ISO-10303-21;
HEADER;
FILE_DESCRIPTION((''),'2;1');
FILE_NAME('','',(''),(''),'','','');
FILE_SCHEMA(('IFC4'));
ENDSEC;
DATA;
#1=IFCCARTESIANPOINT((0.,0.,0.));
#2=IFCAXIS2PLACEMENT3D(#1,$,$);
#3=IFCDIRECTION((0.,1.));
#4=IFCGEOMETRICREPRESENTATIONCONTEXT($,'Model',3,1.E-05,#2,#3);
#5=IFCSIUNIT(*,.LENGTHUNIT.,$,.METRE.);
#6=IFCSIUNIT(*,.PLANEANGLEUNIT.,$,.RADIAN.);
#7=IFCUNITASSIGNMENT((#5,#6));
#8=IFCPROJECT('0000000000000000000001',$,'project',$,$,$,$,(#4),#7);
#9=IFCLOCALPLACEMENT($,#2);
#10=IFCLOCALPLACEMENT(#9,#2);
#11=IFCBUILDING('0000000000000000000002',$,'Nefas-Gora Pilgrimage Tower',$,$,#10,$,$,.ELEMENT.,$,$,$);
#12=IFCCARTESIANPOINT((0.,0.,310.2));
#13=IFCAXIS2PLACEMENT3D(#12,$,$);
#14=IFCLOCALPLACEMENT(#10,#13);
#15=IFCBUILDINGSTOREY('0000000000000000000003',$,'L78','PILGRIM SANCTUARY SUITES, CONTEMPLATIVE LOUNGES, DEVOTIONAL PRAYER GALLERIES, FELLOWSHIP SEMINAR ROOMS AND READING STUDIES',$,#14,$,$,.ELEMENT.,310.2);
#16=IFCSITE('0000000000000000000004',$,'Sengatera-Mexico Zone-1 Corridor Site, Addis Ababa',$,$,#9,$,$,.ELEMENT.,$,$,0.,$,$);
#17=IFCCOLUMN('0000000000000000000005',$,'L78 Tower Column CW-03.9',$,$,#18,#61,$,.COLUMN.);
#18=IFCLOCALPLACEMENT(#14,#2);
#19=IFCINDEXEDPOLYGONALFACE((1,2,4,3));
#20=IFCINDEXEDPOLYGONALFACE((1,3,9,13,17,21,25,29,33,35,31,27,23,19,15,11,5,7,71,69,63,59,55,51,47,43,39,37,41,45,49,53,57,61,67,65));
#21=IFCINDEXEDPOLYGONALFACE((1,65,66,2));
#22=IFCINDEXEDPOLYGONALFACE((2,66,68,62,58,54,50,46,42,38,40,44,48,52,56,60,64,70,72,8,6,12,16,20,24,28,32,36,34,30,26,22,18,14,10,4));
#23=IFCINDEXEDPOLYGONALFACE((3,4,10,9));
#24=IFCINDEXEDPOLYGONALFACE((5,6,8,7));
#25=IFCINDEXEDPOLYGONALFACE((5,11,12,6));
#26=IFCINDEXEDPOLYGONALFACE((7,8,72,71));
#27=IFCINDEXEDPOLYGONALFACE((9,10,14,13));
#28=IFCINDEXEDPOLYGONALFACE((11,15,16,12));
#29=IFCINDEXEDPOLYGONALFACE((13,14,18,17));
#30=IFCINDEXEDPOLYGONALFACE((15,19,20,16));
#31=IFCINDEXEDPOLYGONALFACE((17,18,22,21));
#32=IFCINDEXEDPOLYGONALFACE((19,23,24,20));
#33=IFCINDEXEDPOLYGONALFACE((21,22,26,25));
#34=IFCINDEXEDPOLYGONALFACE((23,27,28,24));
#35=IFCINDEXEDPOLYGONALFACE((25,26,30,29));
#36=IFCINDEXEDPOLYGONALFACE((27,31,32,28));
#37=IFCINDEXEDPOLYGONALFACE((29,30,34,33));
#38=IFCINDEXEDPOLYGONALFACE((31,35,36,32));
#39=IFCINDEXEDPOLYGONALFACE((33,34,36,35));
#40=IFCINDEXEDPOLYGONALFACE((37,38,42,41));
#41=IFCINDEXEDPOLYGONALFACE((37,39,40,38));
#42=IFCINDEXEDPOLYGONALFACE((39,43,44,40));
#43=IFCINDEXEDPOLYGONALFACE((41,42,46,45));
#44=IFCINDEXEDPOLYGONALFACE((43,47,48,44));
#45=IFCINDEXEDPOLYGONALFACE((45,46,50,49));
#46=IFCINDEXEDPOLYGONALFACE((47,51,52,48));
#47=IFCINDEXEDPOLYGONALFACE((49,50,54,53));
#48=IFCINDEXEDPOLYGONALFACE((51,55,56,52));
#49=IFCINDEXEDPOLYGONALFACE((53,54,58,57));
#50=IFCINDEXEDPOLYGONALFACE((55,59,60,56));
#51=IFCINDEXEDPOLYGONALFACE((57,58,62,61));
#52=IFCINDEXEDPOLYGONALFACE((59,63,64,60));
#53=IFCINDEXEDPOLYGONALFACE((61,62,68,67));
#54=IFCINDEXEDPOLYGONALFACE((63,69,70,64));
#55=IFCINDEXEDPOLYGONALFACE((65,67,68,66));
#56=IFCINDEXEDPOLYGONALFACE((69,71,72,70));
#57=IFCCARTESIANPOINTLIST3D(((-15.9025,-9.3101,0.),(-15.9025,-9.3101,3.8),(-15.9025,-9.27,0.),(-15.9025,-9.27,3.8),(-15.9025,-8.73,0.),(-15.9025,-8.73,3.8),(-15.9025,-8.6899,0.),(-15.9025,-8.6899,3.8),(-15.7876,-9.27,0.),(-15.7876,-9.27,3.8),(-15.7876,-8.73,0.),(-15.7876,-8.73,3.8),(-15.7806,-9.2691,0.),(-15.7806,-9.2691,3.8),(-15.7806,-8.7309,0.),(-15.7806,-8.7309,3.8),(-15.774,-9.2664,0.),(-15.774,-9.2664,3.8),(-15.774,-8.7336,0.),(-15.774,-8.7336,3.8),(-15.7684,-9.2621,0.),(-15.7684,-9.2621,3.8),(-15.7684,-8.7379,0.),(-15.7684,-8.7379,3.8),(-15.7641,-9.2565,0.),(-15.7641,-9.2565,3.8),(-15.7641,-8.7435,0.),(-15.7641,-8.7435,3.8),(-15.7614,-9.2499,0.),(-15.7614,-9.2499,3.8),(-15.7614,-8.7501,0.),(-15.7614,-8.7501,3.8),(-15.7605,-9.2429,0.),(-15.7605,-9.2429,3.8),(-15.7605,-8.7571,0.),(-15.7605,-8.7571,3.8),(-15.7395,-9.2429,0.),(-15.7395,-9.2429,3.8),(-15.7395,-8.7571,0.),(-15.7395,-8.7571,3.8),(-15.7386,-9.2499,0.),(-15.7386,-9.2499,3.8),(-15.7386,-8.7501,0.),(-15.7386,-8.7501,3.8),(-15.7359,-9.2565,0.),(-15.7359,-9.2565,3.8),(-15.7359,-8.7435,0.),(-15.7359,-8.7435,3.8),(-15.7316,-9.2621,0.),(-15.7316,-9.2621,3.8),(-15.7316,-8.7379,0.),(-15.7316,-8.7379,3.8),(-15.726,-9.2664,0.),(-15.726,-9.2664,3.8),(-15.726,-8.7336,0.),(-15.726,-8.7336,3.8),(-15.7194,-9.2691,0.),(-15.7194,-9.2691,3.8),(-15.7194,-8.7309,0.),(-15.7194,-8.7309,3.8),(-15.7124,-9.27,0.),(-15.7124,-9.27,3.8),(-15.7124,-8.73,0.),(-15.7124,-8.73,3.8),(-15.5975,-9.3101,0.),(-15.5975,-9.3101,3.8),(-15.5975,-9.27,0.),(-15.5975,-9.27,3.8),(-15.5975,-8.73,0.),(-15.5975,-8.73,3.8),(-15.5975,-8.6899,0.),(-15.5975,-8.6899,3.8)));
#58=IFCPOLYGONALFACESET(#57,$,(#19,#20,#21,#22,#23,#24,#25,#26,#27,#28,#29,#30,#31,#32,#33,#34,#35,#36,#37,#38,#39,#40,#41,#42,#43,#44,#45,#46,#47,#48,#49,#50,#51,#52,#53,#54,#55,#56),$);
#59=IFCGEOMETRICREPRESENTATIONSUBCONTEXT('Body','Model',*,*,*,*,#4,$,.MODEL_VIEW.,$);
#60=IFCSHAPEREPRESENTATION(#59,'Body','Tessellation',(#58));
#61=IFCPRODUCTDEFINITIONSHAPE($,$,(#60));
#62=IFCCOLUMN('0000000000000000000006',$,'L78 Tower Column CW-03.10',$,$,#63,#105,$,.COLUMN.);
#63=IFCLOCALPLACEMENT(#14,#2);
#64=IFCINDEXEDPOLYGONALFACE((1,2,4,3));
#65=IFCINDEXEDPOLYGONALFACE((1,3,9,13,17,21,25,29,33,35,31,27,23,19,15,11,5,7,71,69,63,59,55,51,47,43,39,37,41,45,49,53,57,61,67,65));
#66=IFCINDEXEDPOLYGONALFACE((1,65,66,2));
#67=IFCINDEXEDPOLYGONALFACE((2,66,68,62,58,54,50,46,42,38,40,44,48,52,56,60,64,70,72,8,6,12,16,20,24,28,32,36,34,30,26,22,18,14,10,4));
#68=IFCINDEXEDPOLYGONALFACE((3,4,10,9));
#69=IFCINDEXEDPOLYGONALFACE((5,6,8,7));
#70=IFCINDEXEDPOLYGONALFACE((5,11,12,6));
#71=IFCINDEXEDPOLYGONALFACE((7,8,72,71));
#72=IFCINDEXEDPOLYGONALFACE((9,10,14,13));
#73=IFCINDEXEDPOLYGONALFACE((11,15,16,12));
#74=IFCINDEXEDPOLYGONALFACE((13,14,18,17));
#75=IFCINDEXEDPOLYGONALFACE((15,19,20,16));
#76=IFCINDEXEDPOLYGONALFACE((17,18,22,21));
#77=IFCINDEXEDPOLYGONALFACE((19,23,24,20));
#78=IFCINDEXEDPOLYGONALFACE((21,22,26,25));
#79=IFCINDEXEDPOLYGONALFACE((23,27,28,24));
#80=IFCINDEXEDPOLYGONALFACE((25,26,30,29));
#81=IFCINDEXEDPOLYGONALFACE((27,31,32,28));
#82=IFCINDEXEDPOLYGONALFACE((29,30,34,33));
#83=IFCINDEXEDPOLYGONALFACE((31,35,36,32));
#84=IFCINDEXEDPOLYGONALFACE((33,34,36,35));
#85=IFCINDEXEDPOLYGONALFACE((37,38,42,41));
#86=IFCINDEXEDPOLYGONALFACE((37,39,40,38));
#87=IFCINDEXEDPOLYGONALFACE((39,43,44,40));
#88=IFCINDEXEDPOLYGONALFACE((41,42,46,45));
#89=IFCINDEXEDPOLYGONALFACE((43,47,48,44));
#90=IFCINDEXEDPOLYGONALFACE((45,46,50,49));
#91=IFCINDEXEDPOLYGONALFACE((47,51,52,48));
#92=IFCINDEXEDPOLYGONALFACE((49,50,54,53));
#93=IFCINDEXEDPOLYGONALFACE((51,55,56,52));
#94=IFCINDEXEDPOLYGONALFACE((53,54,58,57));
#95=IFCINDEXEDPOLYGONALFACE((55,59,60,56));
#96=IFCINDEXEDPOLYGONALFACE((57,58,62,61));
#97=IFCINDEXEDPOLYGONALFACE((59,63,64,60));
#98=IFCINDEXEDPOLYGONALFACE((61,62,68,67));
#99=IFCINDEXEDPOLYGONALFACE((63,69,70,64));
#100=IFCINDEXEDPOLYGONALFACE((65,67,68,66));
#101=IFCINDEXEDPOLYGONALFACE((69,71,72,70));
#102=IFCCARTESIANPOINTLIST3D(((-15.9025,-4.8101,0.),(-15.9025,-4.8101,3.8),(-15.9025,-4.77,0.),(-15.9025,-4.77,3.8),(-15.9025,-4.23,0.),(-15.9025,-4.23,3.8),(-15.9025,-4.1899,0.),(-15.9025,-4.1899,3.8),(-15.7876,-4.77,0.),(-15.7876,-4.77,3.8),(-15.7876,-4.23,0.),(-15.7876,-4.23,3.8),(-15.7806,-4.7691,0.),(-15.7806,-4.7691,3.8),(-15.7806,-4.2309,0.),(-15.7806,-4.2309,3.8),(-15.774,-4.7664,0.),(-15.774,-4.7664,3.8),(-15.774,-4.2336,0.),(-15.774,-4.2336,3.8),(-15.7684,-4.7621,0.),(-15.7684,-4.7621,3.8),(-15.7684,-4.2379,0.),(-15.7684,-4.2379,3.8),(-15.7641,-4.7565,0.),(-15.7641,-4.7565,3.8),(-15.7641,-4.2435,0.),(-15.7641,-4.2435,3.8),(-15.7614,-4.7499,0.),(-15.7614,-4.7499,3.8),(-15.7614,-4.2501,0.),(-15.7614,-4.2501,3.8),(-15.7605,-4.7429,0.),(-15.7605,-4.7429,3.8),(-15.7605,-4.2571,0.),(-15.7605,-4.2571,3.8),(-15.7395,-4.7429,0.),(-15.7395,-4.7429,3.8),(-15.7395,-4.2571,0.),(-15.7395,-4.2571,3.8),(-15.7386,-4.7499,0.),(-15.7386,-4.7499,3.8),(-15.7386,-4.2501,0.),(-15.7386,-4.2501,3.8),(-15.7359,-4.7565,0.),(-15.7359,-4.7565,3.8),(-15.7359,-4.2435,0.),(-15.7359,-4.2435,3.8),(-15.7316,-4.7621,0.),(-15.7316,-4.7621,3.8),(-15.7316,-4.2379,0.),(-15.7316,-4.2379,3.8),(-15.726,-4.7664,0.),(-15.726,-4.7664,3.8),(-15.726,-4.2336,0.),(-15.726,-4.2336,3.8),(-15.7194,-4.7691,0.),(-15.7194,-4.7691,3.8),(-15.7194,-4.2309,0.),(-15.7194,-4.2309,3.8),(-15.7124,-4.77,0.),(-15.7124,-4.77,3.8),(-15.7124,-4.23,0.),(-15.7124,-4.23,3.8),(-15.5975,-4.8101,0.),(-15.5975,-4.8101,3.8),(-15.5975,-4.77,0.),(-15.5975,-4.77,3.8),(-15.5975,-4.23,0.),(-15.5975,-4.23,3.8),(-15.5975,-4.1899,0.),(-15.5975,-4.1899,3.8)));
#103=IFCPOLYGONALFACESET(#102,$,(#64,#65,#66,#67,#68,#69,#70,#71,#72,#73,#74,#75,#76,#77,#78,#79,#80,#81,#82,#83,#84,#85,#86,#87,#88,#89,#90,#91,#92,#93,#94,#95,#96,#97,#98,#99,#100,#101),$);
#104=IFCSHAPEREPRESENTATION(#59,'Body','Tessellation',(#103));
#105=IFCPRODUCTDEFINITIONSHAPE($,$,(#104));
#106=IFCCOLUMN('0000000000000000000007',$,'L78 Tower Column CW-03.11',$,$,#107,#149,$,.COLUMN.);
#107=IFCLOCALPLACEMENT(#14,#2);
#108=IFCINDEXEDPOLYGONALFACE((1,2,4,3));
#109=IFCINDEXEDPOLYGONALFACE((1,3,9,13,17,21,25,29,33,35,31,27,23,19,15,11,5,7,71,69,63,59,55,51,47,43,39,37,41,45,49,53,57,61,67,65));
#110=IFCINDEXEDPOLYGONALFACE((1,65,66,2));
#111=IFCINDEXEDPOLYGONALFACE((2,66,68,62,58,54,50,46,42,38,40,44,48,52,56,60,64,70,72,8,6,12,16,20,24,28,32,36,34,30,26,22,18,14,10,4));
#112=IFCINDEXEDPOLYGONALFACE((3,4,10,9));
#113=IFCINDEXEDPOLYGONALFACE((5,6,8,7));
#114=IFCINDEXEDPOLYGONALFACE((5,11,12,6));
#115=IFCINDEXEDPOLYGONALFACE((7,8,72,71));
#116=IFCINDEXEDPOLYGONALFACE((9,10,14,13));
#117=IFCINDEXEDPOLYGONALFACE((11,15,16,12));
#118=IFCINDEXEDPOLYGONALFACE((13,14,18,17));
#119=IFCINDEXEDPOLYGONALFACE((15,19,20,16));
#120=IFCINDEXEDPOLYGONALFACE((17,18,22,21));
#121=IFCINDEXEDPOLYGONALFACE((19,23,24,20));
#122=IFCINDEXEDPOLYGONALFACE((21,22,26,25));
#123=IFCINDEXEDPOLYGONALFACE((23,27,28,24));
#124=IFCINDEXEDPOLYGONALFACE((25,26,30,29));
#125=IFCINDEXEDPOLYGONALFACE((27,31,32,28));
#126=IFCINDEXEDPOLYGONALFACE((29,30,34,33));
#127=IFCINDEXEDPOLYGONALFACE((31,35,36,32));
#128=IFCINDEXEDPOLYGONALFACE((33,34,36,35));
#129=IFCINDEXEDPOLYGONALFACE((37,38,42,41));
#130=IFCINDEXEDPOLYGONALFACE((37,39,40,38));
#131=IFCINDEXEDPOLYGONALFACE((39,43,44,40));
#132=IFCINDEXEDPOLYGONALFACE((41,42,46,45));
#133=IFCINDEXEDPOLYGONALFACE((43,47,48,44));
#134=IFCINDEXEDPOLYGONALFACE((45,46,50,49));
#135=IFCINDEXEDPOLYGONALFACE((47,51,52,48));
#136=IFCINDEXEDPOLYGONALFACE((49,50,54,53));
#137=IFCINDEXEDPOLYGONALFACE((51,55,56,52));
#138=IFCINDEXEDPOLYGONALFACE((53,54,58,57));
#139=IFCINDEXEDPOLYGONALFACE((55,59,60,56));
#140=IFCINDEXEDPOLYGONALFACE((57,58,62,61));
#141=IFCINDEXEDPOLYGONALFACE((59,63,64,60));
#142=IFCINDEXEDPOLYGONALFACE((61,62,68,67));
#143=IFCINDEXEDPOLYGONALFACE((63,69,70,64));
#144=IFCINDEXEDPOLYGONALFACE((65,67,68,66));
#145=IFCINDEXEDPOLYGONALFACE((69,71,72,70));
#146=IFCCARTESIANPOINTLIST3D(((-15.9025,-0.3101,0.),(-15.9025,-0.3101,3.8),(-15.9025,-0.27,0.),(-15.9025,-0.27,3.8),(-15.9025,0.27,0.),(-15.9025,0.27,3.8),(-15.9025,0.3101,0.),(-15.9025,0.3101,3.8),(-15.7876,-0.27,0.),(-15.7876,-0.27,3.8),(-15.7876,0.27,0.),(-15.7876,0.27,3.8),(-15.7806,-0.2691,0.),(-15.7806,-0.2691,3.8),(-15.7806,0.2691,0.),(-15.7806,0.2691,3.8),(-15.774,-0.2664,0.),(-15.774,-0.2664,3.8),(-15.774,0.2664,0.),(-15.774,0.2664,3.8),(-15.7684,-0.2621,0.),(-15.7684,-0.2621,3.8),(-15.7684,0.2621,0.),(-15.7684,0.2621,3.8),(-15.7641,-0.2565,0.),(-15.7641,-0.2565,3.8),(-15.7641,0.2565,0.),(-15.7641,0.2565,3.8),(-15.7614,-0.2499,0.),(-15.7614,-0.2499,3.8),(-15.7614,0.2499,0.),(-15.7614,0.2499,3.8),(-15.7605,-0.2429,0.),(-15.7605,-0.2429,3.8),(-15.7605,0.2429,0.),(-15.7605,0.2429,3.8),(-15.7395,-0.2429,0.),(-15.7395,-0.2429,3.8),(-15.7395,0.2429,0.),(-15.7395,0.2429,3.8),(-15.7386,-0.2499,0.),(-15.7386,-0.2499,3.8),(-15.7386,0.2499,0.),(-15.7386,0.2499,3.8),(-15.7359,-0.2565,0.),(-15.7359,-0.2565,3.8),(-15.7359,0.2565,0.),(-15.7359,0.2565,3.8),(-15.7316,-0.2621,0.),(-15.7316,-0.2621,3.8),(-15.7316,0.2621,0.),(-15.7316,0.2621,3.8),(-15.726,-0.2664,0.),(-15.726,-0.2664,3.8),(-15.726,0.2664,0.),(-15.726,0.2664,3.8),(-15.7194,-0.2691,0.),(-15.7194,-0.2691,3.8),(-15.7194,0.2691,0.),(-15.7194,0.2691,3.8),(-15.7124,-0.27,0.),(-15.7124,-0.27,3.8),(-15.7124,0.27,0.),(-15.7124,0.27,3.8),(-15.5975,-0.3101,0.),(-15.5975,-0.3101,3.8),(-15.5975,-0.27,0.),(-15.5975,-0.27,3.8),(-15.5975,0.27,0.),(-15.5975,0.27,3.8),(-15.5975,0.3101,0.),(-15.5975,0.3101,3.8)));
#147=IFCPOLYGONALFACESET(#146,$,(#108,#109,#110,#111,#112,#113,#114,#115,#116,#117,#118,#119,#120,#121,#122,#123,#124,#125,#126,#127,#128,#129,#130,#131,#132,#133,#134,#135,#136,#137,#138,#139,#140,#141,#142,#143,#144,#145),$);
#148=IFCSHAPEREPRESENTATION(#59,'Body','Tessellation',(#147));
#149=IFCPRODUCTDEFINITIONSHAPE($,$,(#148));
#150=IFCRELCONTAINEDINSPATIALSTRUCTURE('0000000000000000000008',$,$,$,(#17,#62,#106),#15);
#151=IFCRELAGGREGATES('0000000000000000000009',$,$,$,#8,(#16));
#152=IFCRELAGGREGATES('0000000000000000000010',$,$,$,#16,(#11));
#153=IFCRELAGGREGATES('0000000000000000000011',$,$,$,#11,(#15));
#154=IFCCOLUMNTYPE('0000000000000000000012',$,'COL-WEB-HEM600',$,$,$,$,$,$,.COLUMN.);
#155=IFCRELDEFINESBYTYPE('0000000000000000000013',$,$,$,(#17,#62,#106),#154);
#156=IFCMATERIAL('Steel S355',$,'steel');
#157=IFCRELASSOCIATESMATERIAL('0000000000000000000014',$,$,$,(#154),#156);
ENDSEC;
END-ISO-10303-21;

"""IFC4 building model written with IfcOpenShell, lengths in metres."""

from ifc_helpers import new_model, si_unit, direction, frame, origin, origin_2d, place, context, subcontext, project, spatial, i_section, extrude, source, transform, mapped, material, material_profile, profile_set, type_object, element, save


model = new_model("IFC4")

# Units and contexts
model_context = context("Model", 3, precision=1e-05, world=origin(), true_north=direction((0.0, 1.0)))
body_context = subcontext(model_context, "Body", "Model", "MODEL_VIEW")
ifc_project = project(units=[si_unit("LENGTHUNIT", "METRE"), si_unit("PLANEANGLEUNIT", "RADIAN")], contexts=[model_context])

# Site, building, storey
site_placement = place(None, origin())
site = spatial("IfcSite", under=ifc_project, at=site_placement, Name="Sengatera-Mexico Zone-1 Corridor Site, Addis Ababa", CompositionType="ELEMENT", RefElevation=0.0)
building_placement = place(site_placement, origin())
building = spatial("IfcBuilding", under=site, at=building_placement, Name="Nefas-Gora Pilgrimage Tower", CompositionType="ELEMENT")
storey_placement = place(building_placement, frame((0.0, 0.0, 310.2)))
storey = spatial("IfcBuildingStorey", under=building, at=storey_placement, Name="L78", Description="PILGRIM SANCTUARY SUITES, CONTEMPLATIVE LOUNGES, DEVOTIONAL PRAYER GALLERIES, FELLOWSHIP SEMINAR ROOMS AND READING STUDIES", CompositionType="ELEMENT", Elevation=310.2)

# Columns
ifc_material_1 = material(Name="Steel S355", Category="steel")
ifc_material_profile_1 = material_profile(ifc_material_1, i_section(OverallWidth=0.3049, OverallDepth=0.6201, WebThickness=0.021, FlangeThickness=0.04, FilletRadius=0.0271, at=origin_2d()), Name="HEM 600")
ifc_profile_set_1 = profile_set([ifc_material_profile_1], Name="Steel S355")
column_type_1 = type_object("IfcColumnType", Name="COL-WEB-HEM600", PredefinedType="COLUMN", material=ifc_profile_set_1)
shared_shape_1 = source(origin(), body_context, "Body", "SweptSolid", [
    extrude(i_section(OverallWidth=0.3049, OverallDepth=0.6201, WebThickness=0.021, FlangeThickness=0.04, FilletRadius=0.0271, at=origin_2d()), origin(), (0.0, 0.0, 1.0), 3.8),
])
for number, where, z_axis, x_axis, name in (
    (1, (-15.75, -9.0, 0.0), (0.0, 0.0, 1.0), (1.0, 0.0, 0.0), "L78 Tower Column CW-03.9"),
    (2, (-15.75, -4.5, 0.0), (0.0, 0.0, 1.0), (1.0, 0.0, 0.0), "L78 Tower Column CW-03.10"),
    (3, (-15.75, 0.0, 0.0), (0.0, 0.0, 1.0), (1.0, 0.0, 0.0), "L78 Tower Column CW-03.11"),
):
    element("IfcColumn", number, at=place(storey_placement, frame(where, z_axis=z_axis, x_axis=x_axis)), inside=storey, type_object=column_type_1, Name=name, PredefinedType="COLUMN", context=body_context, shape_type="MappedRepresentation", body=[
        mapped(shared_shape_1, transform((0.0, 0.0, 0.0), x_axis=(1.0, 0.0, 0.0), y_axis=(0.0, 1.0, 0.0), z_axis=(0.0, 0.0, 1.0), scale=1.0)),
    ])

save(model, "model.ifc")
